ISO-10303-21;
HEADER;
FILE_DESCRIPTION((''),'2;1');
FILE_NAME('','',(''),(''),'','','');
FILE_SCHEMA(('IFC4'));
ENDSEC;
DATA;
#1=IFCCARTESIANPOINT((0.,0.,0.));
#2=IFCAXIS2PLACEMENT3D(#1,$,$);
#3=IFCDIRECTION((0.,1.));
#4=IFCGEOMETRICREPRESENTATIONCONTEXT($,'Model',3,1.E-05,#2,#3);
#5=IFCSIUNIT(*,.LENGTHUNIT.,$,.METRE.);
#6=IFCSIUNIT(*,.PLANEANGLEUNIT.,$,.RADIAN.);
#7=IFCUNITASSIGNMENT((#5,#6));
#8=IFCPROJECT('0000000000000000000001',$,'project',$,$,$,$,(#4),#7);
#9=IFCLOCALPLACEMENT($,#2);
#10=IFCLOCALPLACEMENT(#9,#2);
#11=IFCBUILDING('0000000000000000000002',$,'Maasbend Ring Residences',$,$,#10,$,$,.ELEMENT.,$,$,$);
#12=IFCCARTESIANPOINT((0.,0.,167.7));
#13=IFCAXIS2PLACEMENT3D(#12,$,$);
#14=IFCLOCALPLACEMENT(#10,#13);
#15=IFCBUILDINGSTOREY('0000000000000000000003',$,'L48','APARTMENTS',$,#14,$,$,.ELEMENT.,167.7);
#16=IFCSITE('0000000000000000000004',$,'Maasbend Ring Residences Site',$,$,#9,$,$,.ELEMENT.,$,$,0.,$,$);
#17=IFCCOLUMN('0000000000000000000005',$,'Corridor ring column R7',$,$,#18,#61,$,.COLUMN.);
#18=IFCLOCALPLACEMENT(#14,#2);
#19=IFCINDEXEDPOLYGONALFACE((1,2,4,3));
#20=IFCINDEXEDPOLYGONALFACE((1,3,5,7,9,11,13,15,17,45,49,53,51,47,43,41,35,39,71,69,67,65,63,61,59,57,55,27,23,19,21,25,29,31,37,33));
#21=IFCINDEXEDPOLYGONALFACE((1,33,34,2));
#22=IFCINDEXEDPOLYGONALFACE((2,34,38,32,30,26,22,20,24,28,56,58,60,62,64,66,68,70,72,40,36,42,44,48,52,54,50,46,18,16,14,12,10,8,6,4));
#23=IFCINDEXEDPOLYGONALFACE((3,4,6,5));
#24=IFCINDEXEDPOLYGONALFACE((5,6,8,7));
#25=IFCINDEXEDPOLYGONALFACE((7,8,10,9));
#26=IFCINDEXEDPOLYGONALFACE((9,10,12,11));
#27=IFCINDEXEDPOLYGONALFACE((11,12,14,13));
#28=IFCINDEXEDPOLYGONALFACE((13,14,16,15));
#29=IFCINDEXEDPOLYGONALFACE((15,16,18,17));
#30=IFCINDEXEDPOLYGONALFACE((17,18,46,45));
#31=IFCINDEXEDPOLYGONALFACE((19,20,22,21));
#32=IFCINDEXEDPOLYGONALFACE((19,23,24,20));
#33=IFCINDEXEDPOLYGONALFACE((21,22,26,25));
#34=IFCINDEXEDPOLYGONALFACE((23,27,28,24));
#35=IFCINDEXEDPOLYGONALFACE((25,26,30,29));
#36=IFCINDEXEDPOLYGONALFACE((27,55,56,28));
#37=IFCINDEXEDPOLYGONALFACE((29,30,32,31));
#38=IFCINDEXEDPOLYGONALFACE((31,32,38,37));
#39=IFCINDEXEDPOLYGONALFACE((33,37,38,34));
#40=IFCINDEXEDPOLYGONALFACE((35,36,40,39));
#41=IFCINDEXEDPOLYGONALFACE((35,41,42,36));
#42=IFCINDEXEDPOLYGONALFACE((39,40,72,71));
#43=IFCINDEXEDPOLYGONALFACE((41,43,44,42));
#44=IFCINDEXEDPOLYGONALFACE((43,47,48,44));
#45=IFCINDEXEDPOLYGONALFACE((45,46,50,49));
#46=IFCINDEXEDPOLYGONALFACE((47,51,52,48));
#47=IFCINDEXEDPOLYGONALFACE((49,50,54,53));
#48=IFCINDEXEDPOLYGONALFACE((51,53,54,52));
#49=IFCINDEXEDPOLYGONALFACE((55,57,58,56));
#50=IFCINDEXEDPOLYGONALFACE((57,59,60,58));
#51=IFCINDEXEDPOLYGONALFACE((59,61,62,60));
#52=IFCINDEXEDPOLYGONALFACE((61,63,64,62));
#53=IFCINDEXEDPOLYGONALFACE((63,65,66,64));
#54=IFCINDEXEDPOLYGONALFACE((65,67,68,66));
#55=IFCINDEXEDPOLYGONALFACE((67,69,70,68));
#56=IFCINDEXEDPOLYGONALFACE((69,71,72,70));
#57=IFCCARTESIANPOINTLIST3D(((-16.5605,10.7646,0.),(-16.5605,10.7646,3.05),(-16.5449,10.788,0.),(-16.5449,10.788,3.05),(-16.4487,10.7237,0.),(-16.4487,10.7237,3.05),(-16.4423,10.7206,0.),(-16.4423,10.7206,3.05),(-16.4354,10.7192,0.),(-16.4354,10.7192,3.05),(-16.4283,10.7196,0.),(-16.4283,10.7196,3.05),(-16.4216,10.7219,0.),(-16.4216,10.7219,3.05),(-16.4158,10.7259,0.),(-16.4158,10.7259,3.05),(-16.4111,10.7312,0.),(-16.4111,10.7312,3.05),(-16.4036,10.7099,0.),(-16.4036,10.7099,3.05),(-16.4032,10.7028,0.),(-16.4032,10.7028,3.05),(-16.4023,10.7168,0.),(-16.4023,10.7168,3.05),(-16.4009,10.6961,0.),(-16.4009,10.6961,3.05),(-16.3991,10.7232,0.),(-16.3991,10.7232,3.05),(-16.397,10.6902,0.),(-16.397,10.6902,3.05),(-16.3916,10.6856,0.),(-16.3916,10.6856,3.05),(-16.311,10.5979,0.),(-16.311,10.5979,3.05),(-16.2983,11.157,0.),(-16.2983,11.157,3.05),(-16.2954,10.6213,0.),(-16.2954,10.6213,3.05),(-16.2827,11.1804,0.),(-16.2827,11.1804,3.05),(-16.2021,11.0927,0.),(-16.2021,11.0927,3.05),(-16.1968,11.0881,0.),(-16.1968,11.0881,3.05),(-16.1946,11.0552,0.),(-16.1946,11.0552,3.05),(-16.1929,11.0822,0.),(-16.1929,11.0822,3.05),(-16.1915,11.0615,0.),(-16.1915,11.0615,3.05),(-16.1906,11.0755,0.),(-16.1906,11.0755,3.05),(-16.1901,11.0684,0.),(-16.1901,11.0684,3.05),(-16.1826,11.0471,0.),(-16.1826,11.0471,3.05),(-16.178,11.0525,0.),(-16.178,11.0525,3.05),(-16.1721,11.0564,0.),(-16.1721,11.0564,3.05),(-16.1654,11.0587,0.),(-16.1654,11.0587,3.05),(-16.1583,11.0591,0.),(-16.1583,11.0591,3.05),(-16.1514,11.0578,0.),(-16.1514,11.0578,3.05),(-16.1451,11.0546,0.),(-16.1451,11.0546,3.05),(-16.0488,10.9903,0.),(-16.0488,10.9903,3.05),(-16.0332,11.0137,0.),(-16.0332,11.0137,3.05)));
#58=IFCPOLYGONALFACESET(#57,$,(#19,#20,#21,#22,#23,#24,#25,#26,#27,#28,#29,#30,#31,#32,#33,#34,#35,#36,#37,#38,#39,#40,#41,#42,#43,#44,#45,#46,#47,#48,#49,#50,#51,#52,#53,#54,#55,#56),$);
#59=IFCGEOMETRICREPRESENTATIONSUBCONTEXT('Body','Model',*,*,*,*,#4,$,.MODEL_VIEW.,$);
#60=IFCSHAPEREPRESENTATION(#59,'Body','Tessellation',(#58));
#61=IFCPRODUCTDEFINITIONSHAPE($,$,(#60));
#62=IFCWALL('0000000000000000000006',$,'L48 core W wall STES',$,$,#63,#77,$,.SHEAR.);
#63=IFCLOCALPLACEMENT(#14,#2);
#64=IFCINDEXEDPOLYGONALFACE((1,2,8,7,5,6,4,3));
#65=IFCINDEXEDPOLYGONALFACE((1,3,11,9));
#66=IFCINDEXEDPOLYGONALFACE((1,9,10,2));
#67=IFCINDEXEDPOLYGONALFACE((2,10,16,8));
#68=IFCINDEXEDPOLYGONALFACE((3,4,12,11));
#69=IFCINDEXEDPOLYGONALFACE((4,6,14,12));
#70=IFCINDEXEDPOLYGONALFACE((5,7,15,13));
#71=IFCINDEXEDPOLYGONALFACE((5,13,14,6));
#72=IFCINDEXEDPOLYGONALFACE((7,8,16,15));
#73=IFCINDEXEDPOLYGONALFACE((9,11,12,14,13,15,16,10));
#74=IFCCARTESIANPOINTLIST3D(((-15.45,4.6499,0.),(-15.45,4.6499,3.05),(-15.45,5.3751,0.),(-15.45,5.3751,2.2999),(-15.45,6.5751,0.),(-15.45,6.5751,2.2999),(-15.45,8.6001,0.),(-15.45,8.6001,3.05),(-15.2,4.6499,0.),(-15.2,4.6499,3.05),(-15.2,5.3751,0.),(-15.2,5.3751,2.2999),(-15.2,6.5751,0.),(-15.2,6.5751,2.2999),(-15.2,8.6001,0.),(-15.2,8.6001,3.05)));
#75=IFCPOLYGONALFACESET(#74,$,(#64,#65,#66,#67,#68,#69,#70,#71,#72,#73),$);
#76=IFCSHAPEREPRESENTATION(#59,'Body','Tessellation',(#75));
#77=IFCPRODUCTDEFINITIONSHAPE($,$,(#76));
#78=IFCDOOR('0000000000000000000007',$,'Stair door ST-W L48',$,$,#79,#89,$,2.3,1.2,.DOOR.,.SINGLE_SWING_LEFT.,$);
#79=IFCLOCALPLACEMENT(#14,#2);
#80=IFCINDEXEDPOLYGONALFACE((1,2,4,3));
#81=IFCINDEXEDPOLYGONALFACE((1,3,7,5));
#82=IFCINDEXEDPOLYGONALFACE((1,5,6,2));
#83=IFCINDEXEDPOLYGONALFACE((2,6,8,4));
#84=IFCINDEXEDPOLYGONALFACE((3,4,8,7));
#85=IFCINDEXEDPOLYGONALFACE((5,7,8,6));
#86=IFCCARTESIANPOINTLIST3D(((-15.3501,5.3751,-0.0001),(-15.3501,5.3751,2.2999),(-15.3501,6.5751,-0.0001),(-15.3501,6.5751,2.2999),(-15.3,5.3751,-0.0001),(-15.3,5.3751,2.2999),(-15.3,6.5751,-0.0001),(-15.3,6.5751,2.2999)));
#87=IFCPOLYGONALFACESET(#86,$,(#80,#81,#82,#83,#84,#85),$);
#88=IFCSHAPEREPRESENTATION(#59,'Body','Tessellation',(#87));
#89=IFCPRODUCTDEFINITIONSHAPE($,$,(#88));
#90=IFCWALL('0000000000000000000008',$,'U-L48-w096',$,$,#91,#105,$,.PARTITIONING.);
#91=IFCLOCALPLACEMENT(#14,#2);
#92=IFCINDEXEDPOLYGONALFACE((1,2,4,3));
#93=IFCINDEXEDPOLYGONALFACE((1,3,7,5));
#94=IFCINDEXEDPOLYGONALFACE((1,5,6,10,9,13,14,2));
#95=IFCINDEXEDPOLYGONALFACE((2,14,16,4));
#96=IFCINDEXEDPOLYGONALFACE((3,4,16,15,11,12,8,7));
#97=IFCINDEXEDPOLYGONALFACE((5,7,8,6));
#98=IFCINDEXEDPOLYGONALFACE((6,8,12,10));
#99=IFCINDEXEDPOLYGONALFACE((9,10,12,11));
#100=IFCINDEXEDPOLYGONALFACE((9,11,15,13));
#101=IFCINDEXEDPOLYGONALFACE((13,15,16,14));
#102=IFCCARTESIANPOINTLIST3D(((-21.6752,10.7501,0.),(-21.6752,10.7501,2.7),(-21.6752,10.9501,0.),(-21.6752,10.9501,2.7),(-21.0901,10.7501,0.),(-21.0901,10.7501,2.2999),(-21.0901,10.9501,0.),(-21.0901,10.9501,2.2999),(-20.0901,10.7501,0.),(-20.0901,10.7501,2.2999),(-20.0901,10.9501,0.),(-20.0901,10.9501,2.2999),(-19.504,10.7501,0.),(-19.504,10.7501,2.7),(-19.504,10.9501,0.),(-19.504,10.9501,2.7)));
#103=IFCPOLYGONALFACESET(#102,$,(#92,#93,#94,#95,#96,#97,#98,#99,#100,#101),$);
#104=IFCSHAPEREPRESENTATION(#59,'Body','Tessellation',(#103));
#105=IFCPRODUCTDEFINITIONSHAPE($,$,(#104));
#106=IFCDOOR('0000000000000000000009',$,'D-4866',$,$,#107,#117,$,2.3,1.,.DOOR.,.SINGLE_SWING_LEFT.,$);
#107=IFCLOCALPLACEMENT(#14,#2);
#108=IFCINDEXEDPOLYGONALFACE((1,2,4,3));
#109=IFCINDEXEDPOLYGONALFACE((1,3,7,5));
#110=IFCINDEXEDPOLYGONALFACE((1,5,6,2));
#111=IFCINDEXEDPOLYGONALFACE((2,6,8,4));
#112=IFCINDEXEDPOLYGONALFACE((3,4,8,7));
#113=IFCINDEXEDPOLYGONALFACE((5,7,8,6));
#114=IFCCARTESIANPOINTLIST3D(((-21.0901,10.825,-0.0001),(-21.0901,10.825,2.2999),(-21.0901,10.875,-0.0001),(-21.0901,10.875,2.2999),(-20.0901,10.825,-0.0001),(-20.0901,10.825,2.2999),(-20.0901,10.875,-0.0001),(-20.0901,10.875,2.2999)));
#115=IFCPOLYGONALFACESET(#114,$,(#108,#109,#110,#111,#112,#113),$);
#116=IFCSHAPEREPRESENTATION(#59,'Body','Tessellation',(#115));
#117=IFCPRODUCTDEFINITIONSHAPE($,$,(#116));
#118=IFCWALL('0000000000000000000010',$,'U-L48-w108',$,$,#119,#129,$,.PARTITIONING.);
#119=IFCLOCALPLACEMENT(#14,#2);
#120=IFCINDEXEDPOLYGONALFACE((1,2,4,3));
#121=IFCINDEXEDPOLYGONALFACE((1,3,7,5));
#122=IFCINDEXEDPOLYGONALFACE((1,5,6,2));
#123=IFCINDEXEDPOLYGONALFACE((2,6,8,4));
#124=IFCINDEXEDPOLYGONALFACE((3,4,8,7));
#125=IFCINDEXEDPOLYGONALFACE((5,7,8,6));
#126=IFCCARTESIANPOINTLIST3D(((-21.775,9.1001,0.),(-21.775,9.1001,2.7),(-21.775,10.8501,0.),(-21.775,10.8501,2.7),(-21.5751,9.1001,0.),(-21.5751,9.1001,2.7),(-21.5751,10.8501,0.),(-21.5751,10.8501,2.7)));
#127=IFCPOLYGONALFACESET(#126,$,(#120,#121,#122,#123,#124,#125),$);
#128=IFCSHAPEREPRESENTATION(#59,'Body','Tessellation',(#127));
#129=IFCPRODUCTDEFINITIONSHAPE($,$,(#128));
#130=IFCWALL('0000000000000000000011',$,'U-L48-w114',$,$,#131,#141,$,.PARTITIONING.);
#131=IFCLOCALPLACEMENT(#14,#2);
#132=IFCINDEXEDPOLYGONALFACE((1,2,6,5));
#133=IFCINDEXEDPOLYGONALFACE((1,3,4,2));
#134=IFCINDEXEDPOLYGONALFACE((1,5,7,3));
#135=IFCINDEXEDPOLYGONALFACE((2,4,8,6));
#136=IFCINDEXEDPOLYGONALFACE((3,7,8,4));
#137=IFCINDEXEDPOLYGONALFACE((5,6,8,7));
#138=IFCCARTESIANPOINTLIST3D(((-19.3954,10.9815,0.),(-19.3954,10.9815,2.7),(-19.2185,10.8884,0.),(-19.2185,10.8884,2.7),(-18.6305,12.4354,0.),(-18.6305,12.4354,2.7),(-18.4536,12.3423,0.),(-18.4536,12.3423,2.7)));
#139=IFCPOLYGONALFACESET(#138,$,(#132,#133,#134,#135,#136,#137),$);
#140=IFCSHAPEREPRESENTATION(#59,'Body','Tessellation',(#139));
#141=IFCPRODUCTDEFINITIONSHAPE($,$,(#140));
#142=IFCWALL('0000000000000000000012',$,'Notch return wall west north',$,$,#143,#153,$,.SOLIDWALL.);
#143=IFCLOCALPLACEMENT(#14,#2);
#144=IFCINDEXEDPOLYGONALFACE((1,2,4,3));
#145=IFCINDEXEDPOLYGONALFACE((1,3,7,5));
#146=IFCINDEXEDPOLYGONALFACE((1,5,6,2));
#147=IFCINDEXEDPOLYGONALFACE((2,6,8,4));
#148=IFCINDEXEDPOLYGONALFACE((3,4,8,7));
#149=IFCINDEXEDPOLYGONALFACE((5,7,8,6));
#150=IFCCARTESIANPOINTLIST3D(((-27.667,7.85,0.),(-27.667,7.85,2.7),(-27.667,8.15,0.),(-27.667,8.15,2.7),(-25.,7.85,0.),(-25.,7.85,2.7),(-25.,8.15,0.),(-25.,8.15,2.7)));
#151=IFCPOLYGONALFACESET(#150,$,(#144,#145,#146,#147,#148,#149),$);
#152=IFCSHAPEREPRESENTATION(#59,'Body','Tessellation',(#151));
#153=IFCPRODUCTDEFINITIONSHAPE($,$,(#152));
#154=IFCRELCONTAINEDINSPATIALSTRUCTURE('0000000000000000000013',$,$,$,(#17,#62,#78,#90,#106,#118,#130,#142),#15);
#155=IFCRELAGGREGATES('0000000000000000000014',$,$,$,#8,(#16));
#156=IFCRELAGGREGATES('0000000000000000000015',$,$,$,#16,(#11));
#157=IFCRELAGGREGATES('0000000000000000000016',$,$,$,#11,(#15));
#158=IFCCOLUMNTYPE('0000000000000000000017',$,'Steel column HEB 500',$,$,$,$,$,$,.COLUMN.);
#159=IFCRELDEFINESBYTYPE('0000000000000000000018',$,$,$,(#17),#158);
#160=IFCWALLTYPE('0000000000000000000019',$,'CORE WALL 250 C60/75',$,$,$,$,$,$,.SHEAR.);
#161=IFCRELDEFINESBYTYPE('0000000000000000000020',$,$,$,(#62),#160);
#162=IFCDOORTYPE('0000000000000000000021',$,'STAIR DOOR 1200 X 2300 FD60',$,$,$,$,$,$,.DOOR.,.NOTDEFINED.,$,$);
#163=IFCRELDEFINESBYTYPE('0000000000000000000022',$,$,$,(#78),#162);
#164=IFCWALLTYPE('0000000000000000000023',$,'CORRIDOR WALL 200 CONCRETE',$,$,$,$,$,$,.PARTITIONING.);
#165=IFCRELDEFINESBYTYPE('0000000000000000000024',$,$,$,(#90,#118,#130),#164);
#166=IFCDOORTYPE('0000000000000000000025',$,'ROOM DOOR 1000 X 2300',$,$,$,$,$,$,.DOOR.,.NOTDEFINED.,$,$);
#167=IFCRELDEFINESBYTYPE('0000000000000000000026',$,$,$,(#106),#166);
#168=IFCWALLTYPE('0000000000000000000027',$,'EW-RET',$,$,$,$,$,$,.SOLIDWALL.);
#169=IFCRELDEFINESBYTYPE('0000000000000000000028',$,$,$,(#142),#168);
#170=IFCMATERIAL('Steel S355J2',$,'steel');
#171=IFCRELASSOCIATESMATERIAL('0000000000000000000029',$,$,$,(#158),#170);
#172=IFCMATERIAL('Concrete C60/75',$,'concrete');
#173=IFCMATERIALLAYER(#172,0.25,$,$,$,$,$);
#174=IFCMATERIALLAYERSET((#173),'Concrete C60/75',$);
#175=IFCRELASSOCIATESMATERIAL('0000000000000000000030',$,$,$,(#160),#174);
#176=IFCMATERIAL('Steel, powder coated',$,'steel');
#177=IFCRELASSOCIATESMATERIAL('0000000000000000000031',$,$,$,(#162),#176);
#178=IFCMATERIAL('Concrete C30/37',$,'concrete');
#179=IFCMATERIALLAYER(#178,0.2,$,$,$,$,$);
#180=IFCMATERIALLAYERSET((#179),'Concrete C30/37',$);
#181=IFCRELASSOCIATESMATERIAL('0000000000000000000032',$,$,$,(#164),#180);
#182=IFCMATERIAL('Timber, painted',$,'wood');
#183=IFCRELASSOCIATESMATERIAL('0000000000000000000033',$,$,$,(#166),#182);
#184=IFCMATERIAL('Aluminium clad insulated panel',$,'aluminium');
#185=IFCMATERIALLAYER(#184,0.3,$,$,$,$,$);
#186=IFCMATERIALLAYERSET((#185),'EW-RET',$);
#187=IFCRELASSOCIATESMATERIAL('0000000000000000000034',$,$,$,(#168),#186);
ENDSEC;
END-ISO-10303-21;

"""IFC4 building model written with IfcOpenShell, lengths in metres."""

from ifc_helpers import new_model, si_unit, direction, frame, frame_2d, origin, origin_2d, place, context, subcontext, project, spatial, rectangle, i_section, extrude, material, layer, layer_set, material_profile, profile_set, type_object, element, fill, save


model = new_model("IFC4")

# Units and contexts
model_context = context("Model", 3, precision=1e-05, world=origin(), true_north=direction((0.0, 1.0)))
body_context = subcontext(model_context, "Body", "Model", "MODEL_VIEW")
ifc_project = project(units=[si_unit("LENGTHUNIT", "METRE"), si_unit("PLANEANGLEUNIT", "RADIAN")], contexts=[model_context])

# Site, building, storey
site_placement = place(None, origin())
site = spatial("IfcSite", under=ifc_project, at=site_placement, Name="Maasbend Ring Residences Site", CompositionType="ELEMENT", RefElevation=0.0)
building_placement = place(site_placement, origin())
building = spatial("IfcBuilding", under=site, at=building_placement, Name="Maasbend Ring Residences", CompositionType="ELEMENT")
storey_placement = place(building_placement, frame((0.0, 0.0, 167.7)))
storey = spatial("IfcBuildingStorey", under=building, at=storey_placement, Name="L48", Description="APARTMENTS", CompositionType="ELEMENT", Elevation=167.7)

# Column
ifc_material_1 = material(Name="Steel S355J2", Category="steel")
ifc_material_profile = material_profile(ifc_material_1, i_section(OverallWidth=0.3, OverallDepth=0.5, WebThickness=0.0144, FlangeThickness=0.0281, FilletRadius=0.0271, at=origin_2d()), Name="HEB 500")
ifc_profile_set = profile_set([ifc_material_profile], Name="Steel S355J2")
column_type = type_object("IfcColumnType", Name="Steel column HEB 500", PredefinedType="COLUMN", material=ifc_profile_set)
column_placement = place(storey_placement, frame((-16.2969, 10.8892, 0.0), z_axis=(0.0, 0.0, 1.0), x_axis=(-0.83147, 0.55557, 0.0)))
element("IfcColumn", 1, at=column_placement, inside=storey, type_object=column_type, Name="Corridor ring column R7", PredefinedType="COLUMN", context=body_context, shape_type="SweptSolid", body=[
    extrude(i_section(OverallWidth=0.3, OverallDepth=0.5, WebThickness=0.0144, FlangeThickness=0.0281, FilletRadius=0.0271, at=origin_2d()), origin(), (0.0, 0.0, 1.0), 3.05),
])

# Walls, openings, doors
ifc_material_2 = material(Name="Concrete C60/75", Category="concrete")
ifc_layer_1 = layer(ifc_material_2, 0.25)
ifc_layer_set_1 = layer_set([ifc_layer_1], Name="Concrete C60/75")
wall_type_1 = type_object("IfcWallType", Name="CORE WALL 250 C60/75", PredefinedType="SHEAR", material=ifc_layer_set_1)
wall_1_placement = place(storey_placement, frame((-15.325, 8.6001, 0.0), z_axis=(0.0, 0.0, 1.0), x_axis=(0.0, -1.0, 0.0)))
wall_1 = element("IfcWall", 2, at=wall_1_placement, inside=storey, type_object=wall_type_1, Name="L48 core W wall STES", PredefinedType="SHEAR", context=body_context, shape_type="SweptSolid", body=[
    extrude(rectangle(XDim=3.9502, YDim=0.25, at=frame_2d((1.9751, 0.0))), origin(), (0.0, 0.0, 1.0), 3.05),
])
opening_1_placement = place(wall_1_placement, frame((2.0249, 0.0, 0.0)))
opening_1 = element("IfcOpeningElement", 3, at=opening_1_placement, cuts=wall_1, PredefinedType="OPENING", context=body_context, shape_type="SweptSolid", body=[
    extrude(rectangle(XDim=1.2, YDim=2.3, at=frame_2d((0.6001, 1.1499))), frame((0.0, 0.135, 0.0), z_axis=(0.0, -1.0, 0.0), x_axis=(1.0, 0.0, 0.0)), (0.0, 0.0, 1.0), 0.27),
])
ifc_material_3 = material(Name="Steel, powder coated", Category="steel")
door_type_1 = type_object("IfcDoorType", Name="STAIR DOOR 1200 X 2300 FD60", OperationType="NOTDEFINED", PredefinedType="DOOR", material=ifc_material_3)
door_1_placement = place(opening_1_placement, origin())
door_1 = element("IfcDoor", 4, at=door_1_placement, inside=storey, type_object=door_type_1, Name="Stair door ST-W L48", OperationType="SINGLE_SWING_LEFT", OverallHeight=2.3, OverallWidth=1.2, PredefinedType="DOOR", context=body_context, shape_type="SweptSolid", body=[
    extrude(rectangle(XDim=1.2, YDim=2.3, at=frame_2d((0.6001, 1.1499))), frame((0.0, 0.0249, 0.0), z_axis=(0.0, -1.0, 0.0), x_axis=(1.0, 0.0, 0.0)), (0.0, 0.0, 1.0), 0.05),
])
fill(opening_1, door_1)
ifc_material_4 = material(Name="Concrete C30/37", Category="concrete")
ifc_layer_2 = layer(ifc_material_4, 0.2)
ifc_layer_set_2 = layer_set([ifc_layer_2], Name="Concrete C30/37")
wall_type_2 = type_object("IfcWallType", Name="CORRIDOR WALL 200 CONCRETE", PredefinedType="PARTITIONING", material=ifc_layer_set_2)
wall_2_placement = place(storey_placement, frame((-21.675, 10.8501, 0.0), z_axis=(0.0, 0.0, 1.0), x_axis=(1.0, 0.0, 0.0)))
wall_2 = element("IfcWall", 5, at=wall_2_placement, inside=storey, type_object=wall_type_2, Name="U-L48-w096", PredefinedType="PARTITIONING", context=body_context, shape_type="SweptSolid", body=[
    extrude(rectangle(XDim=2.1711, YDim=0.2, at=frame_2d((1.0854, 0.0))), origin(), (0.0, 0.0, 1.0), 2.7),
])
opening_2_placement = place(wall_2_placement, frame((0.585, 0.0, 0.0)))
opening_2 = element("IfcOpeningElement", 6, at=opening_2_placement, cuts=wall_2, PredefinedType="OPENING", context=body_context, shape_type="SweptSolid", body=[
    extrude(rectangle(XDim=1.0, YDim=2.3, at=frame_2d((0.5, 1.1499))), frame((0.0, 0.1099, 0.0), z_axis=(0.0, -1.0, 0.0), x_axis=(1.0, 0.0, 0.0)), (0.0, 0.0, 1.0), 0.22),
])
ifc_material_5 = material(Name="Timber, painted", Category="wood")
door_type_2 = type_object("IfcDoorType", Name="ROOM DOOR 1000 X 2300", OperationType="NOTDEFINED", PredefinedType="DOOR", material=ifc_material_5)
door_2_placement = place(opening_2_placement, origin())
door_2 = element("IfcDoor", 7, at=door_2_placement, inside=storey, type_object=door_type_2, Name="D-4866", OperationType="SINGLE_SWING_LEFT", OverallHeight=2.3, OverallWidth=1.0, PredefinedType="DOOR", context=body_context, shape_type="SweptSolid", body=[
    extrude(rectangle(XDim=1.0, YDim=2.3, at=frame_2d((0.5, 1.1499))), frame((0.0, 0.0249, 0.0), z_axis=(0.0, -1.0, 0.0), x_axis=(1.0, 0.0, 0.0)), (0.0, 0.0, 1.0), 0.05),
])
fill(opening_2, door_2)

# Walls
wall_3_placement = place(storey_placement, frame((-21.675, 9.1001, 0.0), z_axis=(0.0, 0.0, 1.0), x_axis=(0.0, 1.0, 0.0)))
element("IfcWall", 8, at=wall_3_placement, inside=storey, type_object=wall_type_2, Name="U-L48-w108", PredefinedType="PARTITIONING", context=body_context, shape_type="SweptSolid", body=[
    extrude(rectangle(XDim=1.75, YDim=0.2, at=frame_2d((0.875, 0.0))), origin(), (0.0, 0.0, 1.0), 2.7),
])
wall_4_placement = place(storey_placement, frame((-19.3069, 10.9351, 0.0), z_axis=(0.0, 0.0, 1.0), x_axis=(0.465606, 0.884992, 0.0)))
element("IfcWall", 9, at=wall_4_placement, inside=storey, type_object=wall_type_2, Name="U-L48-w114", PredefinedType="PARTITIONING", context=body_context, shape_type="SweptSolid", body=[
    extrude(rectangle(XDim=1.6428, YDim=0.2, at=frame_2d((0.8213, 0.0))), origin(), (0.0, 0.0, 1.0), 2.7),
])
ifc_material_6 = material(Name="Aluminium clad insulated panel", Category="aluminium")
ifc_layer_3 = layer(ifc_material_6, 0.3)
ifc_layer_set_3 = layer_set([ifc_layer_3], Name="EW-RET")
wall_type_3 = type_object("IfcWallType", Name="EW-RET", PredefinedType="SOLIDWALL", material=ifc_layer_set_3)
wall_5_placement = place(storey_placement, frame((-25.0, 8.0, 0.0), z_axis=(0.0, 0.0, 1.0), x_axis=(-1.0, 0.0, 0.0)))
element("IfcWall", 10, at=wall_5_placement, inside=storey, type_object=wall_type_3, Name="Notch return wall west north", PredefinedType="SOLIDWALL", context=body_context, shape_type="SweptSolid", body=[
    extrude(rectangle(XDim=2.667, YDim=0.3, at=frame_2d((1.3335, 0.0))), origin(), (0.0, 0.0, 1.0), 2.7),
])

save(model, "model.ifc")
